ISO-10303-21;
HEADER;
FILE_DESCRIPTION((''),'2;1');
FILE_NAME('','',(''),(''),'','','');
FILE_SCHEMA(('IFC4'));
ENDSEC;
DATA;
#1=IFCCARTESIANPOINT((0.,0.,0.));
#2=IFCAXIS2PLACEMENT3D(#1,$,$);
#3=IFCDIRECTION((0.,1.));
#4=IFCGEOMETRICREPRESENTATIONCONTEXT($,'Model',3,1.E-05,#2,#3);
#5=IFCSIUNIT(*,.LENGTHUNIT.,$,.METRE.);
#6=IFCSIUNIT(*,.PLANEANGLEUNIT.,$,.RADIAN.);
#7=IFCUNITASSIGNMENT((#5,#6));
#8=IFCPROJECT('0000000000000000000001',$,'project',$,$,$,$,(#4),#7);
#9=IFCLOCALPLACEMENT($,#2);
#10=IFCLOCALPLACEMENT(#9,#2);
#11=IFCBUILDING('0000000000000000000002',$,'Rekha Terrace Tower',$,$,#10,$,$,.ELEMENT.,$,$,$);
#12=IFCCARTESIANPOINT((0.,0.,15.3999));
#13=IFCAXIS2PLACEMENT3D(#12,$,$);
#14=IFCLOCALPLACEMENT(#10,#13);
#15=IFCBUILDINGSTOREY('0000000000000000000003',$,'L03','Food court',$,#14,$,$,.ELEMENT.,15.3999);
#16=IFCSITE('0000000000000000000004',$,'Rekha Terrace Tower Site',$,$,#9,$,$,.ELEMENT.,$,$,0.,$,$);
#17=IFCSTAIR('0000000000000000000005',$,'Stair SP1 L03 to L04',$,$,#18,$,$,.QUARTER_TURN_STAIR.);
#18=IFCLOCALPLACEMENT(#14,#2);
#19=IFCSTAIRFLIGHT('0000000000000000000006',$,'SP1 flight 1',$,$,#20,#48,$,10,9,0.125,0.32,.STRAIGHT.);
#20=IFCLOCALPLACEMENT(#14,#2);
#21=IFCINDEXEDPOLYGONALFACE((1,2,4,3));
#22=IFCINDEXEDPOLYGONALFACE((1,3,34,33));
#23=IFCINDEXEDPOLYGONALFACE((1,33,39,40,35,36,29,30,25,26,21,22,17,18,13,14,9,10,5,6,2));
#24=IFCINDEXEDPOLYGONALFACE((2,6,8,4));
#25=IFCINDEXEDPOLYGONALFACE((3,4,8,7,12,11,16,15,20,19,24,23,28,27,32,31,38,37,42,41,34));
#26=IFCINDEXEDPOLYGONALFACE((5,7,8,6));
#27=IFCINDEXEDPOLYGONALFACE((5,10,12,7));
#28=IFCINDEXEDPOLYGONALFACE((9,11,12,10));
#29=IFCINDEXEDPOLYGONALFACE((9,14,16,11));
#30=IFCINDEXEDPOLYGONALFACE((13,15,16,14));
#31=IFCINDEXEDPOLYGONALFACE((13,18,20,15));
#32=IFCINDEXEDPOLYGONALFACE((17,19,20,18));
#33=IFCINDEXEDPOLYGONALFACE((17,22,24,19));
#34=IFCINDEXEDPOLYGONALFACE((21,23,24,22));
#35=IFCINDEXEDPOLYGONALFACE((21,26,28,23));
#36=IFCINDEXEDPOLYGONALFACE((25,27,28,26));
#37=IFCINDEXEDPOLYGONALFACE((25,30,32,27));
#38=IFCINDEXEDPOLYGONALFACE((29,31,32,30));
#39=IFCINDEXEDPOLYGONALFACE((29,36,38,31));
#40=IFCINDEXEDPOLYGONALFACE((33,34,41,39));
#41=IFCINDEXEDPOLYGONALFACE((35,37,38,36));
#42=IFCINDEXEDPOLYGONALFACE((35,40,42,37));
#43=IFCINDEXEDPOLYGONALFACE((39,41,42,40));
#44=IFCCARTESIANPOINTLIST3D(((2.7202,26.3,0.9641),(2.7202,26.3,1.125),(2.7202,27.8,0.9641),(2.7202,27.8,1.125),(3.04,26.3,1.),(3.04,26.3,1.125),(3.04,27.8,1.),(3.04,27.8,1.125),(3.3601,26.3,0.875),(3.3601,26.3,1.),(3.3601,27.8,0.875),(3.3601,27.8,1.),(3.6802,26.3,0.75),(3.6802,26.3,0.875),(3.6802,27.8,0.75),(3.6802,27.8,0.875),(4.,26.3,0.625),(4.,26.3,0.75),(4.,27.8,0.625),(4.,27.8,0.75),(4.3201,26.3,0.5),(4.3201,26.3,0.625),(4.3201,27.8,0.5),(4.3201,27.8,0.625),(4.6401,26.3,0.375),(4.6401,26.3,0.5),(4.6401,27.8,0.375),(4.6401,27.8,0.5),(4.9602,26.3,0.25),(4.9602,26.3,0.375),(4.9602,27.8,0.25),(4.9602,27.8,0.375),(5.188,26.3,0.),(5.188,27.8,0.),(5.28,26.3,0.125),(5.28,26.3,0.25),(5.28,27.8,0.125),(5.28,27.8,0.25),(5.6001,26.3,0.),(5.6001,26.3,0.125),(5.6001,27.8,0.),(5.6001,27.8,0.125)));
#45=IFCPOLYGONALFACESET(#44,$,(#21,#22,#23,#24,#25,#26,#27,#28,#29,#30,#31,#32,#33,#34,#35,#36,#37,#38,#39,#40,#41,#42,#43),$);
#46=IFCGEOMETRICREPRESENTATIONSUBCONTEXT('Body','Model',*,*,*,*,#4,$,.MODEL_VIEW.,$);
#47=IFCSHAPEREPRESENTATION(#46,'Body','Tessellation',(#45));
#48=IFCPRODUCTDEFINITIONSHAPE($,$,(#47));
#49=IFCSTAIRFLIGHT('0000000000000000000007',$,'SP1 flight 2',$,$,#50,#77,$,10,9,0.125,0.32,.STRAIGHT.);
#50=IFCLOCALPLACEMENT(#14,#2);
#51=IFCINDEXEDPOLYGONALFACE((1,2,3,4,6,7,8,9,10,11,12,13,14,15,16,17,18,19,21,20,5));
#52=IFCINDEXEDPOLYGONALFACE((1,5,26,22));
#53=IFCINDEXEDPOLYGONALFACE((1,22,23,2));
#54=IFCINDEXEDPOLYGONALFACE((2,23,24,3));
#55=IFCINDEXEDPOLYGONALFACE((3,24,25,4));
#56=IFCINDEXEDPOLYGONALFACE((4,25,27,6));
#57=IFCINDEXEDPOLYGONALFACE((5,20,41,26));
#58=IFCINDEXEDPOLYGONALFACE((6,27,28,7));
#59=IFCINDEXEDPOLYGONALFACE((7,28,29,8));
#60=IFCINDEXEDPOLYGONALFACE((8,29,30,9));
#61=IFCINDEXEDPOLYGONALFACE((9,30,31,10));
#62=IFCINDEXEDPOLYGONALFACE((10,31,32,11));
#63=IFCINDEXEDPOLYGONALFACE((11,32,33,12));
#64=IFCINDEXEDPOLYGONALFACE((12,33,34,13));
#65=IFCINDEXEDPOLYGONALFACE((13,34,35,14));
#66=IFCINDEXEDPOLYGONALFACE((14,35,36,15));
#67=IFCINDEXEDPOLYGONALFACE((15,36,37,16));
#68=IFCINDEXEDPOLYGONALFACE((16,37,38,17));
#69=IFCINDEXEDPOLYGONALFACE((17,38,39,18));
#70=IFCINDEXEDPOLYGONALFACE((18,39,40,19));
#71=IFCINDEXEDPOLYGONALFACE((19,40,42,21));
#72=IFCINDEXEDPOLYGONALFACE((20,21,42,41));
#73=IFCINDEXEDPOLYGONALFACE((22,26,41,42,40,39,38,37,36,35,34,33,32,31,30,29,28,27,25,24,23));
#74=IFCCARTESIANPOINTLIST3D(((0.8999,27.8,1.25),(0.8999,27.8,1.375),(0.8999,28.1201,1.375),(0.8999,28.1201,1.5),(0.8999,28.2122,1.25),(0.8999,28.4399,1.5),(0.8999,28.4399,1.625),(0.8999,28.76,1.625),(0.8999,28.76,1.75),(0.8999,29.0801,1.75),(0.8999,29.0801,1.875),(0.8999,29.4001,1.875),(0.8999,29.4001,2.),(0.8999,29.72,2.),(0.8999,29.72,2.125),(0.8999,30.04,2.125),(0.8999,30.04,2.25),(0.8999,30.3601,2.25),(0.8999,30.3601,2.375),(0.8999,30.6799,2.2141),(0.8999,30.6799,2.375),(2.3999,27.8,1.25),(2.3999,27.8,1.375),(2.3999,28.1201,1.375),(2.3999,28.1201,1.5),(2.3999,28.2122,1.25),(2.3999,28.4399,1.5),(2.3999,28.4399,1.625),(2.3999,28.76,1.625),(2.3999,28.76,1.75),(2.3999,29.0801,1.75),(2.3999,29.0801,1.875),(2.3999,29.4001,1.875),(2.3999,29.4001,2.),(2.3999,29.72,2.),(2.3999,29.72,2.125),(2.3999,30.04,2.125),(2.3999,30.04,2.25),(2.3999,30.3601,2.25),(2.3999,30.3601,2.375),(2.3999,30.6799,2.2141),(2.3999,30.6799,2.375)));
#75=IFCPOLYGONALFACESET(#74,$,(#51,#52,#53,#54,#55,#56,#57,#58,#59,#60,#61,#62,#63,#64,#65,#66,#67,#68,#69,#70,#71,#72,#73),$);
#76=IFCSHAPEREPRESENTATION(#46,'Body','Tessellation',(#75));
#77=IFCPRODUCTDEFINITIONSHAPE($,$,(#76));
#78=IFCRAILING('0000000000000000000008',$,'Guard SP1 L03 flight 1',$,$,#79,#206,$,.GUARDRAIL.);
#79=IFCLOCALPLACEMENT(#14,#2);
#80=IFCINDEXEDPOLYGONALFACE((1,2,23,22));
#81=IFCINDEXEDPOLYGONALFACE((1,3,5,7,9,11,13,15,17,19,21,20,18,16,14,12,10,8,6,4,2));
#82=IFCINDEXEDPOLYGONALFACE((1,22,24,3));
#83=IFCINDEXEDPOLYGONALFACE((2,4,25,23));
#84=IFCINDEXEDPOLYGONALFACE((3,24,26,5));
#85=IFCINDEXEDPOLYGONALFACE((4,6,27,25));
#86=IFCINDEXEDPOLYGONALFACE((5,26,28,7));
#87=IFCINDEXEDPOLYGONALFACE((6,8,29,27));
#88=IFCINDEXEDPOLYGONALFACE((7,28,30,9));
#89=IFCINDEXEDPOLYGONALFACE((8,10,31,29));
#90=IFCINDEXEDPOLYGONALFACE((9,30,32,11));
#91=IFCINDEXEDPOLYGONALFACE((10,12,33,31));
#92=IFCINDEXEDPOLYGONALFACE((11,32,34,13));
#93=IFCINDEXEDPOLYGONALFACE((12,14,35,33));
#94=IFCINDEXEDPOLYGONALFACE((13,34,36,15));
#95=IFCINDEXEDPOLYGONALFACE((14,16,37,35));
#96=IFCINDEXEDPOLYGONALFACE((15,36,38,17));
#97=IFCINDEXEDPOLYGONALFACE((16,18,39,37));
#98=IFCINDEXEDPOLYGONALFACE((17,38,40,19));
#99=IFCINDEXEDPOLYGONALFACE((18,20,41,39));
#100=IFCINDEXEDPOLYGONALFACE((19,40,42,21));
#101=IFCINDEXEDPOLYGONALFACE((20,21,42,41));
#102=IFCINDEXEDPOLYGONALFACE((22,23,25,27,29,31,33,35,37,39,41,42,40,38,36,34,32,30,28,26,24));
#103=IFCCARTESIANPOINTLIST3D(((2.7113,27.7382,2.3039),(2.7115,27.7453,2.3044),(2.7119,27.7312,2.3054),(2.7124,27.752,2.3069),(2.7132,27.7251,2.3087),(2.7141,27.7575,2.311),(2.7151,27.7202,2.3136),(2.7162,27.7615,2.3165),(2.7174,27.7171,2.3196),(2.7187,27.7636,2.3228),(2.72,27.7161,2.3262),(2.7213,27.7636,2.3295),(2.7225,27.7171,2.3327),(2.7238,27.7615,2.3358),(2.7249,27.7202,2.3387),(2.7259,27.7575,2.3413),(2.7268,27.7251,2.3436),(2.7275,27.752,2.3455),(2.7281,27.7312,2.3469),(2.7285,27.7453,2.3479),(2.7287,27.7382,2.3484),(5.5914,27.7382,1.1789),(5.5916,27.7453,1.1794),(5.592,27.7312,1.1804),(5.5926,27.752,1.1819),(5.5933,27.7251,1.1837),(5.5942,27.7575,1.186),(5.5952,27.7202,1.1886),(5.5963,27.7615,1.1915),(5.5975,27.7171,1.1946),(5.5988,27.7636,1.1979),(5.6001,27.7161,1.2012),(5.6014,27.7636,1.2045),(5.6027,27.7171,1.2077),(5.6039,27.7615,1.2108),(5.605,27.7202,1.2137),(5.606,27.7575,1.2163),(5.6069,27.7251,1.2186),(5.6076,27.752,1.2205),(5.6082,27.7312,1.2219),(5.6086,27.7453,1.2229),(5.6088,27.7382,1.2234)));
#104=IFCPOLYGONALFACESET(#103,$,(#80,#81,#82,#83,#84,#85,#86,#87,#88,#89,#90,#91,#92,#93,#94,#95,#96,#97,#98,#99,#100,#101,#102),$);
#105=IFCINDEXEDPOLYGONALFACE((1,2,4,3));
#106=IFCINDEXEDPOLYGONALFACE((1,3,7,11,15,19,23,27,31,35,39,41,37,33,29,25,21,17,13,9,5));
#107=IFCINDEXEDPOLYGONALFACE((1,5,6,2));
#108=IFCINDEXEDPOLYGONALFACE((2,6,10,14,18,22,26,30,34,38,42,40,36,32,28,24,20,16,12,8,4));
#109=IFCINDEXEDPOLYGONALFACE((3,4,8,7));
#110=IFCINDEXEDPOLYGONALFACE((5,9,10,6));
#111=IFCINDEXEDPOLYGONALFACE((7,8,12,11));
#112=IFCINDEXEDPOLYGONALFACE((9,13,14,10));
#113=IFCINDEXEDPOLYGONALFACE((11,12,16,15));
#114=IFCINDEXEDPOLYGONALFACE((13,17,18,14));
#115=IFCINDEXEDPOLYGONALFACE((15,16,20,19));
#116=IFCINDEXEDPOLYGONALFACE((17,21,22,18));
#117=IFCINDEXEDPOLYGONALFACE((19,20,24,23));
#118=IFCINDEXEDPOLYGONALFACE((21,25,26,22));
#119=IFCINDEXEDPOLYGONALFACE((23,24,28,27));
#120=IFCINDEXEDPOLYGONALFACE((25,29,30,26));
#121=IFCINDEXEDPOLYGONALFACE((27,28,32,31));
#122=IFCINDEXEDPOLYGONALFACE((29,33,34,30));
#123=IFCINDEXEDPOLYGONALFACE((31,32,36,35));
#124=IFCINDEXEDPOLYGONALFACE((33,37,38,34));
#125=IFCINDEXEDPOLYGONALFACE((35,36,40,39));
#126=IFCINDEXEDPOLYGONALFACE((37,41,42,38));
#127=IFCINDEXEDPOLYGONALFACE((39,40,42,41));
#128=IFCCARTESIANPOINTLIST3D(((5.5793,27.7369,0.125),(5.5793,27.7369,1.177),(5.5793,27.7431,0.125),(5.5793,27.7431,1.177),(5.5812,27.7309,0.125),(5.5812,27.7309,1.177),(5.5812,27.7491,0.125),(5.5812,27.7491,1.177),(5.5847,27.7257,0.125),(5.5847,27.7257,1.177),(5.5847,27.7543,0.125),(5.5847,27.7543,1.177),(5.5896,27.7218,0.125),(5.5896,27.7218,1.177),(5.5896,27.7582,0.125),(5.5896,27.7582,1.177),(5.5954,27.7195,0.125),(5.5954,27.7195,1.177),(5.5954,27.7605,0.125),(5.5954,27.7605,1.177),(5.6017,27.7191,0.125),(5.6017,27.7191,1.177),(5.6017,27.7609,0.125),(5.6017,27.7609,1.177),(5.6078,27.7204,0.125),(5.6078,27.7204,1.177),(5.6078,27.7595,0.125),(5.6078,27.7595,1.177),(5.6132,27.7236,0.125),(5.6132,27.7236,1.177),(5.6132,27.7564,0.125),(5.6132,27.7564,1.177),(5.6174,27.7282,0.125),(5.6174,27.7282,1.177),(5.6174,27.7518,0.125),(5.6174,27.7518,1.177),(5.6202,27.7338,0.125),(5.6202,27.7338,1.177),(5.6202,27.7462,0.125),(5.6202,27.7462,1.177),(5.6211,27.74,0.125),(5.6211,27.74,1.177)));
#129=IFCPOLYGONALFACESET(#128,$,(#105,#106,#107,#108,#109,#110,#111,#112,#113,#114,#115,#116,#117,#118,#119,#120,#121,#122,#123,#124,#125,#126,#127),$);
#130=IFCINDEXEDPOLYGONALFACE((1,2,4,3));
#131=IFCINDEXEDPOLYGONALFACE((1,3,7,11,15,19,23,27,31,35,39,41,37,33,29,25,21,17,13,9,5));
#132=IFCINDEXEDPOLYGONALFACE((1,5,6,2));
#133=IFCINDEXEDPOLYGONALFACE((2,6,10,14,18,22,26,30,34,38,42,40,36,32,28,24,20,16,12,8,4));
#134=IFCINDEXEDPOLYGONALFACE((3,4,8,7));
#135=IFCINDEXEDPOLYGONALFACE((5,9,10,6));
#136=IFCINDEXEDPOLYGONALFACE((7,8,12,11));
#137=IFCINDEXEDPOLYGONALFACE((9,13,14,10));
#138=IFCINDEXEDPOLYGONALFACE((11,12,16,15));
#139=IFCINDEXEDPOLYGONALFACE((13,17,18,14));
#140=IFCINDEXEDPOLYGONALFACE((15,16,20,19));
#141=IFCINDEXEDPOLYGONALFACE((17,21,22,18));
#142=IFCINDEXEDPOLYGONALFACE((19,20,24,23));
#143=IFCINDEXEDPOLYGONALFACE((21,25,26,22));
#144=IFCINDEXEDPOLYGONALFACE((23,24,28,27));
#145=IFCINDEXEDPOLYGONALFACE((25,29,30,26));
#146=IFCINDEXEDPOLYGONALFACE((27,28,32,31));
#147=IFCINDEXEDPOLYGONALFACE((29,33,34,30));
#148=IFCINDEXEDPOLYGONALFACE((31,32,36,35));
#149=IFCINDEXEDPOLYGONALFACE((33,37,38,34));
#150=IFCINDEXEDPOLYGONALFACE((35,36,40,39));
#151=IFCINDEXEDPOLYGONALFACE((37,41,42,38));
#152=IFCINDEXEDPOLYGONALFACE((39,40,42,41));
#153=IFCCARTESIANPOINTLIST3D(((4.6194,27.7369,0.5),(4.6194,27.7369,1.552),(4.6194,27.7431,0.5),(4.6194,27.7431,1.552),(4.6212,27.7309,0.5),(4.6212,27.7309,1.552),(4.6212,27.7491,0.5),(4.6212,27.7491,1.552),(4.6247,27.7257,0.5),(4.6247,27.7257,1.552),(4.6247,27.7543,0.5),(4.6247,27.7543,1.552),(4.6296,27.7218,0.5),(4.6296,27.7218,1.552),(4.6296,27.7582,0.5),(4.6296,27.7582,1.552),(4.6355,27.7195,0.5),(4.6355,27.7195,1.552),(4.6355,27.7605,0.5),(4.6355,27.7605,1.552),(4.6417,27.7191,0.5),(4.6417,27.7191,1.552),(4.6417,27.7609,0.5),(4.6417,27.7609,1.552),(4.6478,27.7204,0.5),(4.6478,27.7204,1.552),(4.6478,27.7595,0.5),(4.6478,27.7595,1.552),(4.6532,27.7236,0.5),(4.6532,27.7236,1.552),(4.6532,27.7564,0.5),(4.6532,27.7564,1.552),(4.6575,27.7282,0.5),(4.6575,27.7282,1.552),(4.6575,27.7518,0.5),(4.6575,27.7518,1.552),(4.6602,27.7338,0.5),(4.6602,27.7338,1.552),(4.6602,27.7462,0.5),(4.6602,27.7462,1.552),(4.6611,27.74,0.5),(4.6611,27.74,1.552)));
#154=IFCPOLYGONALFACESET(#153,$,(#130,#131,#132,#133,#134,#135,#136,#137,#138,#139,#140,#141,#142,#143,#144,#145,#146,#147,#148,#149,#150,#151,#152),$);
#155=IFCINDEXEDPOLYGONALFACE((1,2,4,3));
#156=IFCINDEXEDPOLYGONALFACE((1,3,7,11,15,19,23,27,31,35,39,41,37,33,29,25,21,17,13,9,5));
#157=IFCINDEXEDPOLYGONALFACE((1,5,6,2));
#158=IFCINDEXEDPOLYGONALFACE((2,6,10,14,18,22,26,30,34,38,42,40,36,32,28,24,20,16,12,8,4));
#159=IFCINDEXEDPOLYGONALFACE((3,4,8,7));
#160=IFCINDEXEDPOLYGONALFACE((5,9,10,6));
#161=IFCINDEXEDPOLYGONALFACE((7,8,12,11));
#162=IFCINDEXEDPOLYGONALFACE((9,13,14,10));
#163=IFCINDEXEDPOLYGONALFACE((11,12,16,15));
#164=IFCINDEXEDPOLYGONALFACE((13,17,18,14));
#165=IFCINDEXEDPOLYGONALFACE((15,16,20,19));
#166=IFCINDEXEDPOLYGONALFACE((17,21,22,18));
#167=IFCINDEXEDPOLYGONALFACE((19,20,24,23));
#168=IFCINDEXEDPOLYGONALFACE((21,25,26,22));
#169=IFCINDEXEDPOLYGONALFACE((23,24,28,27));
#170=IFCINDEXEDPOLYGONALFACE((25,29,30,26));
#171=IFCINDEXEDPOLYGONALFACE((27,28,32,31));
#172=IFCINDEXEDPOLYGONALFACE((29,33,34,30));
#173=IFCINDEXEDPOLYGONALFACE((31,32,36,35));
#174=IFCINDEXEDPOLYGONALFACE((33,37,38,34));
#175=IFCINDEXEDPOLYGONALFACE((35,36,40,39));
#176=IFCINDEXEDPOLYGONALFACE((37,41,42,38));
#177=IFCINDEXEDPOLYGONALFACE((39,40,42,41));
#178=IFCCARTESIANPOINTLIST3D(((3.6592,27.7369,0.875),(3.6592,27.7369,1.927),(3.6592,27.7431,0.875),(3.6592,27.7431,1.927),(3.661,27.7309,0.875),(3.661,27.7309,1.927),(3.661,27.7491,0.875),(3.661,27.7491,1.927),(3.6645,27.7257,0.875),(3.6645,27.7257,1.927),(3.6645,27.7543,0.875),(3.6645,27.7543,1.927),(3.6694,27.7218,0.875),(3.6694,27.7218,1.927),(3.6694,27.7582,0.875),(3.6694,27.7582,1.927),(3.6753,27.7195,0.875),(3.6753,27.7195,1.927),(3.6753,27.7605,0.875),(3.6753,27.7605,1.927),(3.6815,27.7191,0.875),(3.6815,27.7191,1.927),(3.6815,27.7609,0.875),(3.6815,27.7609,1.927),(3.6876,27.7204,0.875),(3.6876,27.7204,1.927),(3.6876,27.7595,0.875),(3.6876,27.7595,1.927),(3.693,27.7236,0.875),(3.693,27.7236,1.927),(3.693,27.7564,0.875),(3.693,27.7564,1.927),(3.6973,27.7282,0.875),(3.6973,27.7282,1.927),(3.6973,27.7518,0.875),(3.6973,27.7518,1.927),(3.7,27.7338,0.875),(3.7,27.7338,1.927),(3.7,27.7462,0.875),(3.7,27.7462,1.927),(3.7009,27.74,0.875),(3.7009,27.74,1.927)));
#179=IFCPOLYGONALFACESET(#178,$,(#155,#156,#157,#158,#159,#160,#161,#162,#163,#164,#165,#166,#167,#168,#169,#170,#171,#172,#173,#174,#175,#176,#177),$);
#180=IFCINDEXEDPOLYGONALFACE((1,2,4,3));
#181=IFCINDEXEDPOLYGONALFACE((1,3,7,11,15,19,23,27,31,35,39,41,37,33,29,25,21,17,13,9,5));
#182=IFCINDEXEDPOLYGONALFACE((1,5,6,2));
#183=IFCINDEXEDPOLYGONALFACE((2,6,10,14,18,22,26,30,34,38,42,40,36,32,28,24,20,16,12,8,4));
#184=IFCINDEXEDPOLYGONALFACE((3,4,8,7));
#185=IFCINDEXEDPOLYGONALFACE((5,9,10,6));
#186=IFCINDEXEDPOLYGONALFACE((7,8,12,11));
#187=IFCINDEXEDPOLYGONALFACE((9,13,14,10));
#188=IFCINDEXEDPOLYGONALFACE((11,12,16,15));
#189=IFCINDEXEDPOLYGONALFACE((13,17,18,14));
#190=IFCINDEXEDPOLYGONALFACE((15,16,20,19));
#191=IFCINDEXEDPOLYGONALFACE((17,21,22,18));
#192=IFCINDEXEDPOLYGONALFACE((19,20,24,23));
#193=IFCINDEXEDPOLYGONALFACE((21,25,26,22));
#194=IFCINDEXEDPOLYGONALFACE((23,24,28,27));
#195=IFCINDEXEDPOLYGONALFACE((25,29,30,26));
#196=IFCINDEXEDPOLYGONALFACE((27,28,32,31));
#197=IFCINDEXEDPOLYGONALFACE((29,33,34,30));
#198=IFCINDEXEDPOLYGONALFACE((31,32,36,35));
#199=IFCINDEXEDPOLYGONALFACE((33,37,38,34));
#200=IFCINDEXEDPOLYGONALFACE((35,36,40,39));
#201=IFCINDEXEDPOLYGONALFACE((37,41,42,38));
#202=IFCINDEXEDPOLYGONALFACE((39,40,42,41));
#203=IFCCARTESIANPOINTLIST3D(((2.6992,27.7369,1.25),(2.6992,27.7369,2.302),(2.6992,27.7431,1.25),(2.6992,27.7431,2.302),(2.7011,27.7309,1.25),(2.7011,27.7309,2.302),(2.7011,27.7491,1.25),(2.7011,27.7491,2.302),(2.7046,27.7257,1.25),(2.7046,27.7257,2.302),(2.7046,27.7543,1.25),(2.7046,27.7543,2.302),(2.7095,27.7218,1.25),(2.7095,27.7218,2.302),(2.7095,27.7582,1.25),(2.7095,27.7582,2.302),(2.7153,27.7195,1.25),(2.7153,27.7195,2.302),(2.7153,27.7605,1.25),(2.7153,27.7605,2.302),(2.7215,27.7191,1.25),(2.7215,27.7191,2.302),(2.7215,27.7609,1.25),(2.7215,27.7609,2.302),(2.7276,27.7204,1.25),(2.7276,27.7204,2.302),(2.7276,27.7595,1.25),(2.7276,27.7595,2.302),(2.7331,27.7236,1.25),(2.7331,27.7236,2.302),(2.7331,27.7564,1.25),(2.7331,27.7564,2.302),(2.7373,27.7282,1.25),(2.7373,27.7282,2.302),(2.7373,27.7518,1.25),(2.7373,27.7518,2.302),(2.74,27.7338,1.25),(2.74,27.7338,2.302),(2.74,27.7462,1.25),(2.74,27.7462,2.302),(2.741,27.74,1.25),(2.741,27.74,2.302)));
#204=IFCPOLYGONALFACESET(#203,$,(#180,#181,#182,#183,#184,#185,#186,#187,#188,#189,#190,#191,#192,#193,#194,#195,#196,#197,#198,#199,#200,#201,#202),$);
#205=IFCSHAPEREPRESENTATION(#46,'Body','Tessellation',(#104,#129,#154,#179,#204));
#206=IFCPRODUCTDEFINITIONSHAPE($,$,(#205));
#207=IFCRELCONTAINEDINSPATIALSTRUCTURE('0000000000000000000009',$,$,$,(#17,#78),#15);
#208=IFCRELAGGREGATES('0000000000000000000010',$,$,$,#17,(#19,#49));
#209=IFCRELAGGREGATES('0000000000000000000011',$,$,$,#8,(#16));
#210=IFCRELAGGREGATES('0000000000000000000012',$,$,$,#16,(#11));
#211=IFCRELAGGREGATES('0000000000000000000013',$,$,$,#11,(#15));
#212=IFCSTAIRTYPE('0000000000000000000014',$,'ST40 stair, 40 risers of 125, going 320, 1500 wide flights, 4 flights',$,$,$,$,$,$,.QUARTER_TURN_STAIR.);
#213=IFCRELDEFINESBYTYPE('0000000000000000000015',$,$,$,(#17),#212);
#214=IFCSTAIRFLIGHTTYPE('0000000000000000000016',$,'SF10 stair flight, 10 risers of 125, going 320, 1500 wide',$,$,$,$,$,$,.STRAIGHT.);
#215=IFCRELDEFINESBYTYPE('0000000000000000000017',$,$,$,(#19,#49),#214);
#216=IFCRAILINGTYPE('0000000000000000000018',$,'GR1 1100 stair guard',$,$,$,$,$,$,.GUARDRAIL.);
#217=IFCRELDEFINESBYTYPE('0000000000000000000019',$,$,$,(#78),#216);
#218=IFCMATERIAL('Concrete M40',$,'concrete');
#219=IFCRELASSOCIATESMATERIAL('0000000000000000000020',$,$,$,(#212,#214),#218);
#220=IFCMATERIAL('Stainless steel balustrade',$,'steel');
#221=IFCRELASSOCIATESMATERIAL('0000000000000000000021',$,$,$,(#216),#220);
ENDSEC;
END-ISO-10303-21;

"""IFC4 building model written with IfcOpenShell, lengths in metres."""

from ifc_helpers import new_model, si_unit, direction, frame, origin, origin_2d, place, context, subcontext, project, spatial, polyline, circle, outline, extrude, material, type_object, element, aggregate, save


model = new_model("IFC4")

# Units and contexts
model_context = context("Model", 3, precision=1e-05, world=origin(), true_north=direction((0.0, 1.0)))
body_context = subcontext(model_context, "Body", "Model", "MODEL_VIEW")
ifc_project = project(units=[si_unit("LENGTHUNIT", "METRE"), si_unit("PLANEANGLEUNIT", "RADIAN")], contexts=[model_context])

# Site, building, storey
site_placement = place(None, origin())
site = spatial("IfcSite", under=ifc_project, at=site_placement, Name="Rekha Terrace Tower Site", CompositionType="ELEMENT", RefElevation=0.0)
building_placement = place(site_placement, origin())
building = spatial("IfcBuilding", under=site, at=building_placement, Name="Rekha Terrace Tower", CompositionType="ELEMENT")
storey_placement = place(building_placement, frame((0.0, 0.0, 15.3999)))
storey = spatial("IfcBuildingStorey", under=building, at=storey_placement, Name="L03", Description="Food court", CompositionType="ELEMENT", Elevation=15.3999)

# Stair, stair flights
ifc_material_1 = material(Name="Concrete M40", Category="concrete")
stair_type = type_object("IfcStairType", Name="ST40 stair, 40 risers of 125, going 320, 1500 wide flights, 4 flights", PredefinedType="QUARTER_TURN_STAIR", material=ifc_material_1)
stair_placement = place(storey_placement, origin())
stair = element("IfcStair", 1, at=stair_placement, inside=storey, type_object=stair_type, Name="Stair SP1 L03 to L04", PredefinedType="QUARTER_TURN_STAIR")
stair_flight_type = type_object("IfcStairFlightType", Name="SF10 stair flight, 10 risers of 125, going 320, 1500 wide", PredefinedType="STRAIGHT", material=ifc_material_1)
stair_flight_1_placement = place(storey_placement, frame((5.6001, 27.05, 0.0), z_axis=(0.0, 0.0, 1.0), x_axis=(-1.0, 0.0, 0.0)))
stair_flight_1 = element("IfcStairFlight", 2, at=stair_flight_1_placement, type_object=stair_flight_type, Name="SP1 flight 1", NumberOfRisers=10, NumberOfTreads=9, PredefinedType="STRAIGHT", RiserHeight=0.125, TreadLength=0.32, context=body_context, shape_type="SweptSolid", body=[
    extrude(outline(polyline([(0.0, 0.0), (0.0, 0.125), (0.3201, 0.125), (0.3201, 0.25), (0.6399, 0.25), (0.6399, 0.375), (0.96, 0.375), (0.96, 0.5), (1.28, 0.5), (1.28, 0.625), (1.6001, 0.625), (1.6001, 0.75), (1.9199, 0.75), (1.9199, 0.875), (2.24, 0.875), (2.24, 1.0), (2.5601, 1.0), (2.5601, 1.125), (2.8799, 1.125), (2.8799, 1.25), (2.8799, 0.9641), (0.4121, 0.0), (0.0, 0.0)])), frame((0.0, 0.75, 0.0), z_axis=(0.0, -1.0, 0.0), x_axis=(1.0, 0.0, 0.0)), (0.0, 0.0, 1.0), 1.5),
])
stair_flight_2_placement = place(storey_placement, frame((1.6499, 27.8, 1.25), z_axis=(0.0, 0.0, 1.0), x_axis=(0.0, 1.0, 0.0)))
stair_flight_2 = element("IfcStairFlight", 3, at=stair_flight_2_placement, type_object=stair_flight_type, Name="SP1 flight 2", NumberOfRisers=10, NumberOfTreads=9, PredefinedType="STRAIGHT", RiserHeight=0.125, TreadLength=0.32, context=body_context, shape_type="SweptSolid", body=[
    extrude(outline(polyline([(0.0, 0.0), (0.0, 0.125), (0.3201, 0.125), (0.3201, 0.25), (0.6399, 0.25), (0.6399, 0.375), (0.96, 0.375), (0.96, 0.5), (1.28, 0.5), (1.28, 0.625), (1.6001, 0.625), (1.6001, 0.75), (1.9199, 0.75), (1.9199, 0.875), (2.24, 0.875), (2.24, 1.0), (2.5601, 1.0), (2.5601, 1.125), (2.8799, 1.125), (2.8799, 1.25), (2.8799, 0.9641), (0.4121, 0.0), (0.0, 0.0)])), frame((0.0, 0.75, 0.0), z_axis=(0.0, -1.0, 0.0), x_axis=(1.0, 0.0, 0.0)), (0.0, 0.0, 1.0), 1.5),
])
aggregate(stair, [stair_flight_1, stair_flight_2])

# Railing
ifc_material_2 = material(Name="Stainless steel balustrade", Category="steel")
railing_type_1 = type_object("IfcRailingType", Name="GR1 1100 stair guard", PredefinedType="GUARDRAIL", material=ifc_material_2)
railing_1_placement = place(storey_placement, frame((5.6001, 27.74, 0.125)))
element("IfcRailing", 4, at=railing_1_placement, inside=storey, type_object=railing_type_1, Name="Guard SP1 L03 flight 1", PredefinedType="GUARDRAIL", context=body_context, shape_type="SweptSolid", body=[
    extrude(circle(Radius=0.0239, at=origin_2d()), frame((0.0, 0.0, 1.0762), z_axis=(-0.931463, 0.0, 0.363837), x_axis=(0.0, -1.0, 0.0)), (0.0, 0.0, 1.0), 3.092),
    extrude(circle(Radius=0.021, at=origin_2d()), origin(), (0.0, 0.0, 1.0), 1.052),
    extrude(circle(Radius=0.021, at=origin_2d()), frame((-0.96, 0.0, 0.375)), (0.0, 0.0, 1.0), 1.052),
    extrude(circle(Radius=0.021, at=origin_2d()), frame((-1.9202, 0.0, 0.75)), (0.0, 0.0, 1.0), 1.052),
    extrude(circle(Radius=0.021, at=origin_2d()), frame((-2.8801, 0.0, 1.125)), (0.0, 0.0, 1.0), 1.052),
])

save(model, "model.ifc")
